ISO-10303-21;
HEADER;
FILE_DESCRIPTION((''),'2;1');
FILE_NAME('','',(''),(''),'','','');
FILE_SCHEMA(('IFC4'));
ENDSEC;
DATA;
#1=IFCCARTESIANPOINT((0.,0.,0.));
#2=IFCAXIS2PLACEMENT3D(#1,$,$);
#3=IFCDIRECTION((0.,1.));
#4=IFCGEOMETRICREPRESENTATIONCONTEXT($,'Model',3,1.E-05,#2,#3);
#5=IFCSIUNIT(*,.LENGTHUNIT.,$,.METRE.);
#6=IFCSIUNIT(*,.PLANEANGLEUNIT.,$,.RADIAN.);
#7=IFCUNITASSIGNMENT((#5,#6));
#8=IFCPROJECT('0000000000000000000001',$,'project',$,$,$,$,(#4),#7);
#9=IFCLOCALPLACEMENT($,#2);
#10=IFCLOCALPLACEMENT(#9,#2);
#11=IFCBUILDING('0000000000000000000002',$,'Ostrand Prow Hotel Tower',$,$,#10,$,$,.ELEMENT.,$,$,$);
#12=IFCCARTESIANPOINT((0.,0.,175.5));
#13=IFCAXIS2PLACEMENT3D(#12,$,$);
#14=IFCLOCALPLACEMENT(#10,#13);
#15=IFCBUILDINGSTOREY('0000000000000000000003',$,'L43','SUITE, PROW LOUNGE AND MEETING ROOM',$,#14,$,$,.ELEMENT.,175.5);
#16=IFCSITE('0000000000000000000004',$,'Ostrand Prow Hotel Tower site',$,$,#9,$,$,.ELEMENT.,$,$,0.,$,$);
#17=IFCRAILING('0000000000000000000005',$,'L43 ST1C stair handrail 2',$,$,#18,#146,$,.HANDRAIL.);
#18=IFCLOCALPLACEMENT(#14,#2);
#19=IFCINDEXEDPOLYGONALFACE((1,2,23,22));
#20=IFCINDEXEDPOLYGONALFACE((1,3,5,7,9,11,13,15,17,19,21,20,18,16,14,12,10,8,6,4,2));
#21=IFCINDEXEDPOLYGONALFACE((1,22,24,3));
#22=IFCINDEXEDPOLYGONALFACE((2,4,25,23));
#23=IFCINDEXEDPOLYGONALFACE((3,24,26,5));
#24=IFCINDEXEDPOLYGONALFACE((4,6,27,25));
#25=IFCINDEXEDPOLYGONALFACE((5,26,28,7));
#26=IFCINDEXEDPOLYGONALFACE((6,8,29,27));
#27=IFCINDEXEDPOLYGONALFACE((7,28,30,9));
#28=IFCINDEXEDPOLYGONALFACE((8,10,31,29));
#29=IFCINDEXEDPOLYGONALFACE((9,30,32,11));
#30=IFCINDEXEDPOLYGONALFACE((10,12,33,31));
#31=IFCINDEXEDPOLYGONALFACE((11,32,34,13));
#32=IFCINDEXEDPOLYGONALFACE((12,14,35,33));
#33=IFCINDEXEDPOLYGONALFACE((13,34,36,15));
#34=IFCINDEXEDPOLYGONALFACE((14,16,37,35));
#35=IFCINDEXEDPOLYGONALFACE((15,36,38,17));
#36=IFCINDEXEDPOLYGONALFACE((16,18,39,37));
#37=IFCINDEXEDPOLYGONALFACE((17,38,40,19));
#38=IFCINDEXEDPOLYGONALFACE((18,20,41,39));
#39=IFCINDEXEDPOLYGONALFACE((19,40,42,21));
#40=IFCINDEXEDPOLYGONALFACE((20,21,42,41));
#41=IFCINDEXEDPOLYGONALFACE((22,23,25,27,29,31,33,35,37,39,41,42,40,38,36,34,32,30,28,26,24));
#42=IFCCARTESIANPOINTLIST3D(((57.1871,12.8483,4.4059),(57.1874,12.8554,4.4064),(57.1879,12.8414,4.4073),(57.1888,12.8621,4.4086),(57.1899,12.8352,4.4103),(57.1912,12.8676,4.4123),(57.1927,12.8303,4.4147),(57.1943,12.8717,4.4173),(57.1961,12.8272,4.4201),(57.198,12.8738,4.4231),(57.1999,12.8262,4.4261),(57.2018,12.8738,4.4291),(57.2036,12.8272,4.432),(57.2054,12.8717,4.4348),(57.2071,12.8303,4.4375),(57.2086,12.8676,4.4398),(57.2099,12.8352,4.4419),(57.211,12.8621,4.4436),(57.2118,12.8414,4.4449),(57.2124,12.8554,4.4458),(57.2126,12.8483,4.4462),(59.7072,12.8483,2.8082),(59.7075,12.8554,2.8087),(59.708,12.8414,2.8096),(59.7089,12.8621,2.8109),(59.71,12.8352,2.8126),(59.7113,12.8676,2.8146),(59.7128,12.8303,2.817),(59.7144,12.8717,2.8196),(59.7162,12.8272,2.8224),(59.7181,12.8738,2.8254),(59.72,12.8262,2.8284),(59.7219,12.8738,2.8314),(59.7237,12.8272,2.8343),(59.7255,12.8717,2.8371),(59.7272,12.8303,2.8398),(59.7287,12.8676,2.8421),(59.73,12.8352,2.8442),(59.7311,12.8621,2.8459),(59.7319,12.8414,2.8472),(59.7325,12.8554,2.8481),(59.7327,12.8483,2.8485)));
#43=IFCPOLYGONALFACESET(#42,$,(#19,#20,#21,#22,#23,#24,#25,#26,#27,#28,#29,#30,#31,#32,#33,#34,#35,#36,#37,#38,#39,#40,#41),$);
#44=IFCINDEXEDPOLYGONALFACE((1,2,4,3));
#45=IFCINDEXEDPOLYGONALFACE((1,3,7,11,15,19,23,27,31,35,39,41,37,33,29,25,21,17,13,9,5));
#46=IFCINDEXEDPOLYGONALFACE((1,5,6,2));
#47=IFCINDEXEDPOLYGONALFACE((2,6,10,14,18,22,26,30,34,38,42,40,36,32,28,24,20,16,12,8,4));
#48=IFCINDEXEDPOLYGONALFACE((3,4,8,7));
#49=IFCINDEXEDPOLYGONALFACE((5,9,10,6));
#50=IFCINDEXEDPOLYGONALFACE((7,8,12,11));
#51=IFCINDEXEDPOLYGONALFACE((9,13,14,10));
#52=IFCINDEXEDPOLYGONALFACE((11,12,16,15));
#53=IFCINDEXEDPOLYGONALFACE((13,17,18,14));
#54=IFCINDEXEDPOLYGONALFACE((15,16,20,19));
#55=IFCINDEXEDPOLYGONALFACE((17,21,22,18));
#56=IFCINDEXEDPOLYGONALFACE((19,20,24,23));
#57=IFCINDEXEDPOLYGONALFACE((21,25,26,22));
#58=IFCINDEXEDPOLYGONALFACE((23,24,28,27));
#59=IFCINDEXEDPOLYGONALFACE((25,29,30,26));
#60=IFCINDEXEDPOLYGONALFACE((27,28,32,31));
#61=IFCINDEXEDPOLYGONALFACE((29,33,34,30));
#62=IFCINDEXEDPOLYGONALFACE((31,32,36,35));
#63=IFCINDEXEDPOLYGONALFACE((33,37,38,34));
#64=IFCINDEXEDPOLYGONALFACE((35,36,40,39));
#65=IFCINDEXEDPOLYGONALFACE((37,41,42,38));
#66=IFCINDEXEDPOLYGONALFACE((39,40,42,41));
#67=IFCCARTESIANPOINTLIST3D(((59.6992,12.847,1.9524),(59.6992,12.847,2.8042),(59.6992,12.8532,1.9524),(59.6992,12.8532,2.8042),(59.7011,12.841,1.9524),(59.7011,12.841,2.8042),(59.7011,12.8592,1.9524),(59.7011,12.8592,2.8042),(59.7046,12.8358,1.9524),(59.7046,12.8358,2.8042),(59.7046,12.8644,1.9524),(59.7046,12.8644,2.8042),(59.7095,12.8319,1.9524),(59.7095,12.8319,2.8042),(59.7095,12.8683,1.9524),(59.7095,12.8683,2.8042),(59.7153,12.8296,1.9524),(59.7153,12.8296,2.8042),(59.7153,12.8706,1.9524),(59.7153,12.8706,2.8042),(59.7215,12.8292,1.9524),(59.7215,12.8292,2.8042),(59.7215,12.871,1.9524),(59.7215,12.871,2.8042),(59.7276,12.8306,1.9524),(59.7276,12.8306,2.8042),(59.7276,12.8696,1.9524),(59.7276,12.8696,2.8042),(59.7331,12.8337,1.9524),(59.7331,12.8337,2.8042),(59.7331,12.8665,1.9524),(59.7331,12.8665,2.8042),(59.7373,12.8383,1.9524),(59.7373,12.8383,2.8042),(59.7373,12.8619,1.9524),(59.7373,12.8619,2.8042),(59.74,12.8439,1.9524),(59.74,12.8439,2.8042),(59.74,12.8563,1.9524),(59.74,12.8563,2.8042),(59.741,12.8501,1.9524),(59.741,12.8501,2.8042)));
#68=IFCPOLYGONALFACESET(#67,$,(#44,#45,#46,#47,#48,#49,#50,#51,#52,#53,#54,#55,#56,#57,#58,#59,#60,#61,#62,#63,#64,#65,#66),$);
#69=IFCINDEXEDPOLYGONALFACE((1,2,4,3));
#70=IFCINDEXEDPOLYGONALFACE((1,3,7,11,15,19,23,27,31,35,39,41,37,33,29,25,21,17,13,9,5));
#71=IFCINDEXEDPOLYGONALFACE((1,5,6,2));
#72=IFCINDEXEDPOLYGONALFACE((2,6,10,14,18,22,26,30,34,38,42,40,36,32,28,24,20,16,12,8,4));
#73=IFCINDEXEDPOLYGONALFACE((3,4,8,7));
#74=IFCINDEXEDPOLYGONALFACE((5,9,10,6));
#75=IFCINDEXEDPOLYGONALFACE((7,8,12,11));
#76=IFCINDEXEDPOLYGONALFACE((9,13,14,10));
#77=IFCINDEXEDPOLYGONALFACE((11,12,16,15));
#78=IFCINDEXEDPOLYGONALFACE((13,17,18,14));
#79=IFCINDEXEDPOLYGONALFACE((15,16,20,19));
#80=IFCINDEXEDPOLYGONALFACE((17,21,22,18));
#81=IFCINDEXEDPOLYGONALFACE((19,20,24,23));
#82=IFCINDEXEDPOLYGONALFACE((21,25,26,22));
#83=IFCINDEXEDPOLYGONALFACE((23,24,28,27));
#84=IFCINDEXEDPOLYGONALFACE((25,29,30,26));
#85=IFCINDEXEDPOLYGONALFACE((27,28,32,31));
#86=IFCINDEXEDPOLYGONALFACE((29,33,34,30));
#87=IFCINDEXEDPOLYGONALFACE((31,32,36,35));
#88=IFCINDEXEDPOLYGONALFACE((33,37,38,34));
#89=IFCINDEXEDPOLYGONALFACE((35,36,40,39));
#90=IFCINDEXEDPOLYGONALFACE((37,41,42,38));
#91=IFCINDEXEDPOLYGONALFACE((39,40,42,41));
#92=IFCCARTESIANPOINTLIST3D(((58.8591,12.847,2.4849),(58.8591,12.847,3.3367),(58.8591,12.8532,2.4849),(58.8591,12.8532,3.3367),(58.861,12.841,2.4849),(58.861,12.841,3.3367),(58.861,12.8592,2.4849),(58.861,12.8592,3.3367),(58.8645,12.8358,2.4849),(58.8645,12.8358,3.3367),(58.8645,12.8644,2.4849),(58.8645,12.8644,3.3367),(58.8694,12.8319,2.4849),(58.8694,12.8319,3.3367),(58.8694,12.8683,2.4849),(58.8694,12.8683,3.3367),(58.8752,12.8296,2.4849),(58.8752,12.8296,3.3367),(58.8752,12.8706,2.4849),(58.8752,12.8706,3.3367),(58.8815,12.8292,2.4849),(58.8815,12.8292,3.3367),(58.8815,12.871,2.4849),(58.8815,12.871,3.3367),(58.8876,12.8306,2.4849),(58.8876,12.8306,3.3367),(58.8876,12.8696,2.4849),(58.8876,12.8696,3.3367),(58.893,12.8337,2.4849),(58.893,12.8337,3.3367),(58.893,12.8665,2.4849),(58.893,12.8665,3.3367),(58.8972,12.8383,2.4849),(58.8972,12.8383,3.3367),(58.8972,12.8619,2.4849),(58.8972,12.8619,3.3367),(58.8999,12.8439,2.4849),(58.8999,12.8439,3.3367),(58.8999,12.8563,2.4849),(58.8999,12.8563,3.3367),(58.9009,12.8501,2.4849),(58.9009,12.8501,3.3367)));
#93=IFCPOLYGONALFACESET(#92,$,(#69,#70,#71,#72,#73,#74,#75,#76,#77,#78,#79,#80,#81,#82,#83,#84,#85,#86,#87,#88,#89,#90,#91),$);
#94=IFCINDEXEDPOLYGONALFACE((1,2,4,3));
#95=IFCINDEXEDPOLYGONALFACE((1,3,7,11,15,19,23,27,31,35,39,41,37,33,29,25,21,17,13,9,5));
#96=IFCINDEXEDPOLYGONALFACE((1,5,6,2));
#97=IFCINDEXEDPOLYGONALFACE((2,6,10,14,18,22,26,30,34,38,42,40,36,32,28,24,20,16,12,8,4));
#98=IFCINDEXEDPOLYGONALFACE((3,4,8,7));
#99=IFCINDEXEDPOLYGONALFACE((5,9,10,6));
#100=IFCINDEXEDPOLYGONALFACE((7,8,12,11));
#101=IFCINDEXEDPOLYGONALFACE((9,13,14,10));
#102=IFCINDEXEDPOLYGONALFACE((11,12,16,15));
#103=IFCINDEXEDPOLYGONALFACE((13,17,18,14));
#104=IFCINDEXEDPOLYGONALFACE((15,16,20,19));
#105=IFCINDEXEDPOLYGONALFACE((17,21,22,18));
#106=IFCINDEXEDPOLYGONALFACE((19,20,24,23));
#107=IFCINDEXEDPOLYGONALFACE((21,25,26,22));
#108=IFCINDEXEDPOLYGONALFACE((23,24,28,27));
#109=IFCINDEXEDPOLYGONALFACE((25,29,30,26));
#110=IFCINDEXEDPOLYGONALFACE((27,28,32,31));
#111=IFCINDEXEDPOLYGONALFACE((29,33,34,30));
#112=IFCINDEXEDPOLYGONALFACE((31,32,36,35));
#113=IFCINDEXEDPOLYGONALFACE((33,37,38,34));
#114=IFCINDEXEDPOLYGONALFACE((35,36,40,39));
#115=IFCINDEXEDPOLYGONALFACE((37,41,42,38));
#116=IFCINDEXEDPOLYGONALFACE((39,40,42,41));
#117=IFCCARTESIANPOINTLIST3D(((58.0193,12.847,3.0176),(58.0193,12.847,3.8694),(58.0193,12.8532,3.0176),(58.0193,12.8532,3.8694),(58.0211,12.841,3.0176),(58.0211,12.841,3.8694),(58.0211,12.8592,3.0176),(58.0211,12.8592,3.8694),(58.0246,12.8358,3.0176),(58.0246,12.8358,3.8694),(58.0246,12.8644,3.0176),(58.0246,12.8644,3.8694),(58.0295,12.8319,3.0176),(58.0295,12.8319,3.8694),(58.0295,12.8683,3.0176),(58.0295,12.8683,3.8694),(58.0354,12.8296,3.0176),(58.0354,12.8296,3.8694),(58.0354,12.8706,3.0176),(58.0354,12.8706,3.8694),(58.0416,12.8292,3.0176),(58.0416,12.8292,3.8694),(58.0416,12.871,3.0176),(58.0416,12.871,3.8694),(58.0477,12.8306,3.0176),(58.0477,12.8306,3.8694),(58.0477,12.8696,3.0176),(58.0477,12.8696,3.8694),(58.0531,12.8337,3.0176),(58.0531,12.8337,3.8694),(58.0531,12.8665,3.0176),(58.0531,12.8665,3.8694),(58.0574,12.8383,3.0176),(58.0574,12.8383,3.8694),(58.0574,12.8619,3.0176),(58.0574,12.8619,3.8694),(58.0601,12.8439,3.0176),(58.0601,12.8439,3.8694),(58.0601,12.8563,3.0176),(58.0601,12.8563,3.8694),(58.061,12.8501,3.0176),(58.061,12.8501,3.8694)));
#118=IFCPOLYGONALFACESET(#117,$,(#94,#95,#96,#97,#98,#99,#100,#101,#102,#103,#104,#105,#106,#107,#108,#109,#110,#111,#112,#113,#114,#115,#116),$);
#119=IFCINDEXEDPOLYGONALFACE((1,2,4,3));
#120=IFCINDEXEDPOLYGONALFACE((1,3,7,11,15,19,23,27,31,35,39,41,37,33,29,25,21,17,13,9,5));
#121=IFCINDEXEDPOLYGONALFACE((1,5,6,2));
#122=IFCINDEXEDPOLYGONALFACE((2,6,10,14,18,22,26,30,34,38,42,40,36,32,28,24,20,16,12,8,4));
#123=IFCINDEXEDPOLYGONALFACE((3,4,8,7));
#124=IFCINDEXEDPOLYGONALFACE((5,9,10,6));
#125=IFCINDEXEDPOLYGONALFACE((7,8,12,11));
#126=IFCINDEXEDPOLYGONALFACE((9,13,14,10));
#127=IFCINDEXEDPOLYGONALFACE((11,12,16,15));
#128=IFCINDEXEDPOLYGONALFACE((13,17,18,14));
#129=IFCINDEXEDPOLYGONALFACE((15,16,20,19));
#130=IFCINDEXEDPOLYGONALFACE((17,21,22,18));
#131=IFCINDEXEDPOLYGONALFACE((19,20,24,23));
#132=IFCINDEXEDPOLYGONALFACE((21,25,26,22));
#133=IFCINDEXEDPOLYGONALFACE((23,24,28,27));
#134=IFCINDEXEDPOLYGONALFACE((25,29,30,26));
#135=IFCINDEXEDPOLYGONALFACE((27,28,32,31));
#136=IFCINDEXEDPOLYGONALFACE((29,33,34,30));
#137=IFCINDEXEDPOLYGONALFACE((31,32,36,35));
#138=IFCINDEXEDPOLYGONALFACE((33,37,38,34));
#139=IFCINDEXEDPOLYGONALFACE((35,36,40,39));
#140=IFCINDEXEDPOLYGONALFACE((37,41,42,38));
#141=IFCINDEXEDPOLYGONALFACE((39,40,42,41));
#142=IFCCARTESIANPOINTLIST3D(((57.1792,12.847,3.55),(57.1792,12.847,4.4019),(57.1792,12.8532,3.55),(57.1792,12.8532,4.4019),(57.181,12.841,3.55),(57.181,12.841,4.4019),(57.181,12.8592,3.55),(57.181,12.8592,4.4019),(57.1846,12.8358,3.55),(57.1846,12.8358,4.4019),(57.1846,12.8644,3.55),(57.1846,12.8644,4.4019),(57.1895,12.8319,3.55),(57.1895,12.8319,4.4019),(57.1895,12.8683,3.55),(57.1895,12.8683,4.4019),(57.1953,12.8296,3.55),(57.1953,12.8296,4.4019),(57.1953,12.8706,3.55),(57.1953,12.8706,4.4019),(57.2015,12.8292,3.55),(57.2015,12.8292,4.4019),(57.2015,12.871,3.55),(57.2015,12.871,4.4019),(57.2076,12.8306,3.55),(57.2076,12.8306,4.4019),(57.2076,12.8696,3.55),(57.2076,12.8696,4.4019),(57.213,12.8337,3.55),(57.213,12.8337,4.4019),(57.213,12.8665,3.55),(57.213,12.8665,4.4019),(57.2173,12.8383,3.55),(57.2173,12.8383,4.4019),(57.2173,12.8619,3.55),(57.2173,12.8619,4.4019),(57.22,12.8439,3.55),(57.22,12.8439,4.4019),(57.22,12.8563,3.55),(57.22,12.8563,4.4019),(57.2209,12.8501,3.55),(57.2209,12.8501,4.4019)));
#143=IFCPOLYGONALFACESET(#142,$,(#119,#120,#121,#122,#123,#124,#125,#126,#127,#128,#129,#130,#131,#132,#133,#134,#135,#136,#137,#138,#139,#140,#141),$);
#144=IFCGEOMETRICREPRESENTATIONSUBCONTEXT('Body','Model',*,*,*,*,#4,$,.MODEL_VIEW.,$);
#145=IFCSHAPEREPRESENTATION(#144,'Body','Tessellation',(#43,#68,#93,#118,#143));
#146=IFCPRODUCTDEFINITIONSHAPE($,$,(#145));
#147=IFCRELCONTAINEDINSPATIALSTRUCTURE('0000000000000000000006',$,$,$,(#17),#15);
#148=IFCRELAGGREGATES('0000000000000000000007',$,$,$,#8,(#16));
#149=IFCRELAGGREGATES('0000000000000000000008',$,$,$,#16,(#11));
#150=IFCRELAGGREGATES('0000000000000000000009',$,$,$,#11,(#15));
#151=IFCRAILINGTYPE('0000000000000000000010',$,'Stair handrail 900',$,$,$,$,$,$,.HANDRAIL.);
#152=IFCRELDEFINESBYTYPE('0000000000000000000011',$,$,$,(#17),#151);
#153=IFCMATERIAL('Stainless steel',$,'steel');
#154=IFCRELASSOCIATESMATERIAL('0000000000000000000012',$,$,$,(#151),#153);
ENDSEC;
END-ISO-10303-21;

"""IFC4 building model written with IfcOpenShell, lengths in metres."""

from ifc_helpers import new_model, si_unit, direction, frame, origin, origin_2d, place, context, subcontext, project, spatial, circle, extrude, material, type_object, element, save


model = new_model("IFC4")

# Units and contexts
model_context = context("Model", 3, precision=1e-05, world=origin(), true_north=direction((0.0, 1.0)))
body_context = subcontext(model_context, "Body", "Model", "MODEL_VIEW")
ifc_project = project(units=[si_unit("LENGTHUNIT", "METRE"), si_unit("PLANEANGLEUNIT", "RADIAN")], contexts=[model_context])

# Site, building, storey
site_placement = place(None, origin())
site = spatial("IfcSite", under=ifc_project, at=site_placement, Name="Ostrand Prow Hotel Tower site", CompositionType="ELEMENT", RefElevation=0.0)
building_placement = place(site_placement, origin())
building = spatial("IfcBuilding", under=site, at=building_placement, Name="Ostrand Prow Hotel Tower", CompositionType="ELEMENT")
storey_placement = place(building_placement, frame((0.0, 0.0, 175.5)))
storey = spatial("IfcBuildingStorey", under=building, at=storey_placement, Name="L43", Description="SUITE, PROW LOUNGE AND MEETING ROOM", CompositionType="ELEMENT", Elevation=175.5)

# Railing
ifc_material_1 = material(Name="Stainless steel", Category="steel")
railing_type_1 = type_object("IfcRailingType", Name="Stair handrail 900", PredefinedType="HANDRAIL", material=ifc_material_1)
railing_1_placement = place(storey_placement, frame((59.72, 12.8501, 1.9524)))
element("IfcRailing", 1, at=railing_1_placement, inside=storey, type_object=railing_type_1, Name="L43 ST1C stair handrail 2", PredefinedType="HANDRAIL", context=body_context, shape_type="SweptSolid", body=[
    extrude(circle(Radius=0.0239, at=origin_2d()), frame((0.0, 0.0, 0.876), z_axis=(-0.84457, 0.0, 0.535445), x_axis=(0.0, -1.0, 0.0)), (0.0, 0.0, 1.0), 2.9839),
    extrude(circle(Radius=0.021, at=origin_2d()), origin(), (0.0, 0.0, 1.0), 0.8518),
    extrude(circle(Radius=0.021, at=origin_2d()), frame((-0.8401, 0.0, 0.5325)), (0.0, 0.0, 1.0), 0.8518),
    extrude(circle(Radius=0.021, at=origin_2d()), frame((-1.6799, 0.0, 1.0652)), (0.0, 0.0, 1.0), 0.8518),
    extrude(circle(Radius=0.021, at=origin_2d()), frame((-2.52, 0.0, 1.5977)), (0.0, 0.0, 1.0), 0.8518),
])

save(model, "model.ifc")
